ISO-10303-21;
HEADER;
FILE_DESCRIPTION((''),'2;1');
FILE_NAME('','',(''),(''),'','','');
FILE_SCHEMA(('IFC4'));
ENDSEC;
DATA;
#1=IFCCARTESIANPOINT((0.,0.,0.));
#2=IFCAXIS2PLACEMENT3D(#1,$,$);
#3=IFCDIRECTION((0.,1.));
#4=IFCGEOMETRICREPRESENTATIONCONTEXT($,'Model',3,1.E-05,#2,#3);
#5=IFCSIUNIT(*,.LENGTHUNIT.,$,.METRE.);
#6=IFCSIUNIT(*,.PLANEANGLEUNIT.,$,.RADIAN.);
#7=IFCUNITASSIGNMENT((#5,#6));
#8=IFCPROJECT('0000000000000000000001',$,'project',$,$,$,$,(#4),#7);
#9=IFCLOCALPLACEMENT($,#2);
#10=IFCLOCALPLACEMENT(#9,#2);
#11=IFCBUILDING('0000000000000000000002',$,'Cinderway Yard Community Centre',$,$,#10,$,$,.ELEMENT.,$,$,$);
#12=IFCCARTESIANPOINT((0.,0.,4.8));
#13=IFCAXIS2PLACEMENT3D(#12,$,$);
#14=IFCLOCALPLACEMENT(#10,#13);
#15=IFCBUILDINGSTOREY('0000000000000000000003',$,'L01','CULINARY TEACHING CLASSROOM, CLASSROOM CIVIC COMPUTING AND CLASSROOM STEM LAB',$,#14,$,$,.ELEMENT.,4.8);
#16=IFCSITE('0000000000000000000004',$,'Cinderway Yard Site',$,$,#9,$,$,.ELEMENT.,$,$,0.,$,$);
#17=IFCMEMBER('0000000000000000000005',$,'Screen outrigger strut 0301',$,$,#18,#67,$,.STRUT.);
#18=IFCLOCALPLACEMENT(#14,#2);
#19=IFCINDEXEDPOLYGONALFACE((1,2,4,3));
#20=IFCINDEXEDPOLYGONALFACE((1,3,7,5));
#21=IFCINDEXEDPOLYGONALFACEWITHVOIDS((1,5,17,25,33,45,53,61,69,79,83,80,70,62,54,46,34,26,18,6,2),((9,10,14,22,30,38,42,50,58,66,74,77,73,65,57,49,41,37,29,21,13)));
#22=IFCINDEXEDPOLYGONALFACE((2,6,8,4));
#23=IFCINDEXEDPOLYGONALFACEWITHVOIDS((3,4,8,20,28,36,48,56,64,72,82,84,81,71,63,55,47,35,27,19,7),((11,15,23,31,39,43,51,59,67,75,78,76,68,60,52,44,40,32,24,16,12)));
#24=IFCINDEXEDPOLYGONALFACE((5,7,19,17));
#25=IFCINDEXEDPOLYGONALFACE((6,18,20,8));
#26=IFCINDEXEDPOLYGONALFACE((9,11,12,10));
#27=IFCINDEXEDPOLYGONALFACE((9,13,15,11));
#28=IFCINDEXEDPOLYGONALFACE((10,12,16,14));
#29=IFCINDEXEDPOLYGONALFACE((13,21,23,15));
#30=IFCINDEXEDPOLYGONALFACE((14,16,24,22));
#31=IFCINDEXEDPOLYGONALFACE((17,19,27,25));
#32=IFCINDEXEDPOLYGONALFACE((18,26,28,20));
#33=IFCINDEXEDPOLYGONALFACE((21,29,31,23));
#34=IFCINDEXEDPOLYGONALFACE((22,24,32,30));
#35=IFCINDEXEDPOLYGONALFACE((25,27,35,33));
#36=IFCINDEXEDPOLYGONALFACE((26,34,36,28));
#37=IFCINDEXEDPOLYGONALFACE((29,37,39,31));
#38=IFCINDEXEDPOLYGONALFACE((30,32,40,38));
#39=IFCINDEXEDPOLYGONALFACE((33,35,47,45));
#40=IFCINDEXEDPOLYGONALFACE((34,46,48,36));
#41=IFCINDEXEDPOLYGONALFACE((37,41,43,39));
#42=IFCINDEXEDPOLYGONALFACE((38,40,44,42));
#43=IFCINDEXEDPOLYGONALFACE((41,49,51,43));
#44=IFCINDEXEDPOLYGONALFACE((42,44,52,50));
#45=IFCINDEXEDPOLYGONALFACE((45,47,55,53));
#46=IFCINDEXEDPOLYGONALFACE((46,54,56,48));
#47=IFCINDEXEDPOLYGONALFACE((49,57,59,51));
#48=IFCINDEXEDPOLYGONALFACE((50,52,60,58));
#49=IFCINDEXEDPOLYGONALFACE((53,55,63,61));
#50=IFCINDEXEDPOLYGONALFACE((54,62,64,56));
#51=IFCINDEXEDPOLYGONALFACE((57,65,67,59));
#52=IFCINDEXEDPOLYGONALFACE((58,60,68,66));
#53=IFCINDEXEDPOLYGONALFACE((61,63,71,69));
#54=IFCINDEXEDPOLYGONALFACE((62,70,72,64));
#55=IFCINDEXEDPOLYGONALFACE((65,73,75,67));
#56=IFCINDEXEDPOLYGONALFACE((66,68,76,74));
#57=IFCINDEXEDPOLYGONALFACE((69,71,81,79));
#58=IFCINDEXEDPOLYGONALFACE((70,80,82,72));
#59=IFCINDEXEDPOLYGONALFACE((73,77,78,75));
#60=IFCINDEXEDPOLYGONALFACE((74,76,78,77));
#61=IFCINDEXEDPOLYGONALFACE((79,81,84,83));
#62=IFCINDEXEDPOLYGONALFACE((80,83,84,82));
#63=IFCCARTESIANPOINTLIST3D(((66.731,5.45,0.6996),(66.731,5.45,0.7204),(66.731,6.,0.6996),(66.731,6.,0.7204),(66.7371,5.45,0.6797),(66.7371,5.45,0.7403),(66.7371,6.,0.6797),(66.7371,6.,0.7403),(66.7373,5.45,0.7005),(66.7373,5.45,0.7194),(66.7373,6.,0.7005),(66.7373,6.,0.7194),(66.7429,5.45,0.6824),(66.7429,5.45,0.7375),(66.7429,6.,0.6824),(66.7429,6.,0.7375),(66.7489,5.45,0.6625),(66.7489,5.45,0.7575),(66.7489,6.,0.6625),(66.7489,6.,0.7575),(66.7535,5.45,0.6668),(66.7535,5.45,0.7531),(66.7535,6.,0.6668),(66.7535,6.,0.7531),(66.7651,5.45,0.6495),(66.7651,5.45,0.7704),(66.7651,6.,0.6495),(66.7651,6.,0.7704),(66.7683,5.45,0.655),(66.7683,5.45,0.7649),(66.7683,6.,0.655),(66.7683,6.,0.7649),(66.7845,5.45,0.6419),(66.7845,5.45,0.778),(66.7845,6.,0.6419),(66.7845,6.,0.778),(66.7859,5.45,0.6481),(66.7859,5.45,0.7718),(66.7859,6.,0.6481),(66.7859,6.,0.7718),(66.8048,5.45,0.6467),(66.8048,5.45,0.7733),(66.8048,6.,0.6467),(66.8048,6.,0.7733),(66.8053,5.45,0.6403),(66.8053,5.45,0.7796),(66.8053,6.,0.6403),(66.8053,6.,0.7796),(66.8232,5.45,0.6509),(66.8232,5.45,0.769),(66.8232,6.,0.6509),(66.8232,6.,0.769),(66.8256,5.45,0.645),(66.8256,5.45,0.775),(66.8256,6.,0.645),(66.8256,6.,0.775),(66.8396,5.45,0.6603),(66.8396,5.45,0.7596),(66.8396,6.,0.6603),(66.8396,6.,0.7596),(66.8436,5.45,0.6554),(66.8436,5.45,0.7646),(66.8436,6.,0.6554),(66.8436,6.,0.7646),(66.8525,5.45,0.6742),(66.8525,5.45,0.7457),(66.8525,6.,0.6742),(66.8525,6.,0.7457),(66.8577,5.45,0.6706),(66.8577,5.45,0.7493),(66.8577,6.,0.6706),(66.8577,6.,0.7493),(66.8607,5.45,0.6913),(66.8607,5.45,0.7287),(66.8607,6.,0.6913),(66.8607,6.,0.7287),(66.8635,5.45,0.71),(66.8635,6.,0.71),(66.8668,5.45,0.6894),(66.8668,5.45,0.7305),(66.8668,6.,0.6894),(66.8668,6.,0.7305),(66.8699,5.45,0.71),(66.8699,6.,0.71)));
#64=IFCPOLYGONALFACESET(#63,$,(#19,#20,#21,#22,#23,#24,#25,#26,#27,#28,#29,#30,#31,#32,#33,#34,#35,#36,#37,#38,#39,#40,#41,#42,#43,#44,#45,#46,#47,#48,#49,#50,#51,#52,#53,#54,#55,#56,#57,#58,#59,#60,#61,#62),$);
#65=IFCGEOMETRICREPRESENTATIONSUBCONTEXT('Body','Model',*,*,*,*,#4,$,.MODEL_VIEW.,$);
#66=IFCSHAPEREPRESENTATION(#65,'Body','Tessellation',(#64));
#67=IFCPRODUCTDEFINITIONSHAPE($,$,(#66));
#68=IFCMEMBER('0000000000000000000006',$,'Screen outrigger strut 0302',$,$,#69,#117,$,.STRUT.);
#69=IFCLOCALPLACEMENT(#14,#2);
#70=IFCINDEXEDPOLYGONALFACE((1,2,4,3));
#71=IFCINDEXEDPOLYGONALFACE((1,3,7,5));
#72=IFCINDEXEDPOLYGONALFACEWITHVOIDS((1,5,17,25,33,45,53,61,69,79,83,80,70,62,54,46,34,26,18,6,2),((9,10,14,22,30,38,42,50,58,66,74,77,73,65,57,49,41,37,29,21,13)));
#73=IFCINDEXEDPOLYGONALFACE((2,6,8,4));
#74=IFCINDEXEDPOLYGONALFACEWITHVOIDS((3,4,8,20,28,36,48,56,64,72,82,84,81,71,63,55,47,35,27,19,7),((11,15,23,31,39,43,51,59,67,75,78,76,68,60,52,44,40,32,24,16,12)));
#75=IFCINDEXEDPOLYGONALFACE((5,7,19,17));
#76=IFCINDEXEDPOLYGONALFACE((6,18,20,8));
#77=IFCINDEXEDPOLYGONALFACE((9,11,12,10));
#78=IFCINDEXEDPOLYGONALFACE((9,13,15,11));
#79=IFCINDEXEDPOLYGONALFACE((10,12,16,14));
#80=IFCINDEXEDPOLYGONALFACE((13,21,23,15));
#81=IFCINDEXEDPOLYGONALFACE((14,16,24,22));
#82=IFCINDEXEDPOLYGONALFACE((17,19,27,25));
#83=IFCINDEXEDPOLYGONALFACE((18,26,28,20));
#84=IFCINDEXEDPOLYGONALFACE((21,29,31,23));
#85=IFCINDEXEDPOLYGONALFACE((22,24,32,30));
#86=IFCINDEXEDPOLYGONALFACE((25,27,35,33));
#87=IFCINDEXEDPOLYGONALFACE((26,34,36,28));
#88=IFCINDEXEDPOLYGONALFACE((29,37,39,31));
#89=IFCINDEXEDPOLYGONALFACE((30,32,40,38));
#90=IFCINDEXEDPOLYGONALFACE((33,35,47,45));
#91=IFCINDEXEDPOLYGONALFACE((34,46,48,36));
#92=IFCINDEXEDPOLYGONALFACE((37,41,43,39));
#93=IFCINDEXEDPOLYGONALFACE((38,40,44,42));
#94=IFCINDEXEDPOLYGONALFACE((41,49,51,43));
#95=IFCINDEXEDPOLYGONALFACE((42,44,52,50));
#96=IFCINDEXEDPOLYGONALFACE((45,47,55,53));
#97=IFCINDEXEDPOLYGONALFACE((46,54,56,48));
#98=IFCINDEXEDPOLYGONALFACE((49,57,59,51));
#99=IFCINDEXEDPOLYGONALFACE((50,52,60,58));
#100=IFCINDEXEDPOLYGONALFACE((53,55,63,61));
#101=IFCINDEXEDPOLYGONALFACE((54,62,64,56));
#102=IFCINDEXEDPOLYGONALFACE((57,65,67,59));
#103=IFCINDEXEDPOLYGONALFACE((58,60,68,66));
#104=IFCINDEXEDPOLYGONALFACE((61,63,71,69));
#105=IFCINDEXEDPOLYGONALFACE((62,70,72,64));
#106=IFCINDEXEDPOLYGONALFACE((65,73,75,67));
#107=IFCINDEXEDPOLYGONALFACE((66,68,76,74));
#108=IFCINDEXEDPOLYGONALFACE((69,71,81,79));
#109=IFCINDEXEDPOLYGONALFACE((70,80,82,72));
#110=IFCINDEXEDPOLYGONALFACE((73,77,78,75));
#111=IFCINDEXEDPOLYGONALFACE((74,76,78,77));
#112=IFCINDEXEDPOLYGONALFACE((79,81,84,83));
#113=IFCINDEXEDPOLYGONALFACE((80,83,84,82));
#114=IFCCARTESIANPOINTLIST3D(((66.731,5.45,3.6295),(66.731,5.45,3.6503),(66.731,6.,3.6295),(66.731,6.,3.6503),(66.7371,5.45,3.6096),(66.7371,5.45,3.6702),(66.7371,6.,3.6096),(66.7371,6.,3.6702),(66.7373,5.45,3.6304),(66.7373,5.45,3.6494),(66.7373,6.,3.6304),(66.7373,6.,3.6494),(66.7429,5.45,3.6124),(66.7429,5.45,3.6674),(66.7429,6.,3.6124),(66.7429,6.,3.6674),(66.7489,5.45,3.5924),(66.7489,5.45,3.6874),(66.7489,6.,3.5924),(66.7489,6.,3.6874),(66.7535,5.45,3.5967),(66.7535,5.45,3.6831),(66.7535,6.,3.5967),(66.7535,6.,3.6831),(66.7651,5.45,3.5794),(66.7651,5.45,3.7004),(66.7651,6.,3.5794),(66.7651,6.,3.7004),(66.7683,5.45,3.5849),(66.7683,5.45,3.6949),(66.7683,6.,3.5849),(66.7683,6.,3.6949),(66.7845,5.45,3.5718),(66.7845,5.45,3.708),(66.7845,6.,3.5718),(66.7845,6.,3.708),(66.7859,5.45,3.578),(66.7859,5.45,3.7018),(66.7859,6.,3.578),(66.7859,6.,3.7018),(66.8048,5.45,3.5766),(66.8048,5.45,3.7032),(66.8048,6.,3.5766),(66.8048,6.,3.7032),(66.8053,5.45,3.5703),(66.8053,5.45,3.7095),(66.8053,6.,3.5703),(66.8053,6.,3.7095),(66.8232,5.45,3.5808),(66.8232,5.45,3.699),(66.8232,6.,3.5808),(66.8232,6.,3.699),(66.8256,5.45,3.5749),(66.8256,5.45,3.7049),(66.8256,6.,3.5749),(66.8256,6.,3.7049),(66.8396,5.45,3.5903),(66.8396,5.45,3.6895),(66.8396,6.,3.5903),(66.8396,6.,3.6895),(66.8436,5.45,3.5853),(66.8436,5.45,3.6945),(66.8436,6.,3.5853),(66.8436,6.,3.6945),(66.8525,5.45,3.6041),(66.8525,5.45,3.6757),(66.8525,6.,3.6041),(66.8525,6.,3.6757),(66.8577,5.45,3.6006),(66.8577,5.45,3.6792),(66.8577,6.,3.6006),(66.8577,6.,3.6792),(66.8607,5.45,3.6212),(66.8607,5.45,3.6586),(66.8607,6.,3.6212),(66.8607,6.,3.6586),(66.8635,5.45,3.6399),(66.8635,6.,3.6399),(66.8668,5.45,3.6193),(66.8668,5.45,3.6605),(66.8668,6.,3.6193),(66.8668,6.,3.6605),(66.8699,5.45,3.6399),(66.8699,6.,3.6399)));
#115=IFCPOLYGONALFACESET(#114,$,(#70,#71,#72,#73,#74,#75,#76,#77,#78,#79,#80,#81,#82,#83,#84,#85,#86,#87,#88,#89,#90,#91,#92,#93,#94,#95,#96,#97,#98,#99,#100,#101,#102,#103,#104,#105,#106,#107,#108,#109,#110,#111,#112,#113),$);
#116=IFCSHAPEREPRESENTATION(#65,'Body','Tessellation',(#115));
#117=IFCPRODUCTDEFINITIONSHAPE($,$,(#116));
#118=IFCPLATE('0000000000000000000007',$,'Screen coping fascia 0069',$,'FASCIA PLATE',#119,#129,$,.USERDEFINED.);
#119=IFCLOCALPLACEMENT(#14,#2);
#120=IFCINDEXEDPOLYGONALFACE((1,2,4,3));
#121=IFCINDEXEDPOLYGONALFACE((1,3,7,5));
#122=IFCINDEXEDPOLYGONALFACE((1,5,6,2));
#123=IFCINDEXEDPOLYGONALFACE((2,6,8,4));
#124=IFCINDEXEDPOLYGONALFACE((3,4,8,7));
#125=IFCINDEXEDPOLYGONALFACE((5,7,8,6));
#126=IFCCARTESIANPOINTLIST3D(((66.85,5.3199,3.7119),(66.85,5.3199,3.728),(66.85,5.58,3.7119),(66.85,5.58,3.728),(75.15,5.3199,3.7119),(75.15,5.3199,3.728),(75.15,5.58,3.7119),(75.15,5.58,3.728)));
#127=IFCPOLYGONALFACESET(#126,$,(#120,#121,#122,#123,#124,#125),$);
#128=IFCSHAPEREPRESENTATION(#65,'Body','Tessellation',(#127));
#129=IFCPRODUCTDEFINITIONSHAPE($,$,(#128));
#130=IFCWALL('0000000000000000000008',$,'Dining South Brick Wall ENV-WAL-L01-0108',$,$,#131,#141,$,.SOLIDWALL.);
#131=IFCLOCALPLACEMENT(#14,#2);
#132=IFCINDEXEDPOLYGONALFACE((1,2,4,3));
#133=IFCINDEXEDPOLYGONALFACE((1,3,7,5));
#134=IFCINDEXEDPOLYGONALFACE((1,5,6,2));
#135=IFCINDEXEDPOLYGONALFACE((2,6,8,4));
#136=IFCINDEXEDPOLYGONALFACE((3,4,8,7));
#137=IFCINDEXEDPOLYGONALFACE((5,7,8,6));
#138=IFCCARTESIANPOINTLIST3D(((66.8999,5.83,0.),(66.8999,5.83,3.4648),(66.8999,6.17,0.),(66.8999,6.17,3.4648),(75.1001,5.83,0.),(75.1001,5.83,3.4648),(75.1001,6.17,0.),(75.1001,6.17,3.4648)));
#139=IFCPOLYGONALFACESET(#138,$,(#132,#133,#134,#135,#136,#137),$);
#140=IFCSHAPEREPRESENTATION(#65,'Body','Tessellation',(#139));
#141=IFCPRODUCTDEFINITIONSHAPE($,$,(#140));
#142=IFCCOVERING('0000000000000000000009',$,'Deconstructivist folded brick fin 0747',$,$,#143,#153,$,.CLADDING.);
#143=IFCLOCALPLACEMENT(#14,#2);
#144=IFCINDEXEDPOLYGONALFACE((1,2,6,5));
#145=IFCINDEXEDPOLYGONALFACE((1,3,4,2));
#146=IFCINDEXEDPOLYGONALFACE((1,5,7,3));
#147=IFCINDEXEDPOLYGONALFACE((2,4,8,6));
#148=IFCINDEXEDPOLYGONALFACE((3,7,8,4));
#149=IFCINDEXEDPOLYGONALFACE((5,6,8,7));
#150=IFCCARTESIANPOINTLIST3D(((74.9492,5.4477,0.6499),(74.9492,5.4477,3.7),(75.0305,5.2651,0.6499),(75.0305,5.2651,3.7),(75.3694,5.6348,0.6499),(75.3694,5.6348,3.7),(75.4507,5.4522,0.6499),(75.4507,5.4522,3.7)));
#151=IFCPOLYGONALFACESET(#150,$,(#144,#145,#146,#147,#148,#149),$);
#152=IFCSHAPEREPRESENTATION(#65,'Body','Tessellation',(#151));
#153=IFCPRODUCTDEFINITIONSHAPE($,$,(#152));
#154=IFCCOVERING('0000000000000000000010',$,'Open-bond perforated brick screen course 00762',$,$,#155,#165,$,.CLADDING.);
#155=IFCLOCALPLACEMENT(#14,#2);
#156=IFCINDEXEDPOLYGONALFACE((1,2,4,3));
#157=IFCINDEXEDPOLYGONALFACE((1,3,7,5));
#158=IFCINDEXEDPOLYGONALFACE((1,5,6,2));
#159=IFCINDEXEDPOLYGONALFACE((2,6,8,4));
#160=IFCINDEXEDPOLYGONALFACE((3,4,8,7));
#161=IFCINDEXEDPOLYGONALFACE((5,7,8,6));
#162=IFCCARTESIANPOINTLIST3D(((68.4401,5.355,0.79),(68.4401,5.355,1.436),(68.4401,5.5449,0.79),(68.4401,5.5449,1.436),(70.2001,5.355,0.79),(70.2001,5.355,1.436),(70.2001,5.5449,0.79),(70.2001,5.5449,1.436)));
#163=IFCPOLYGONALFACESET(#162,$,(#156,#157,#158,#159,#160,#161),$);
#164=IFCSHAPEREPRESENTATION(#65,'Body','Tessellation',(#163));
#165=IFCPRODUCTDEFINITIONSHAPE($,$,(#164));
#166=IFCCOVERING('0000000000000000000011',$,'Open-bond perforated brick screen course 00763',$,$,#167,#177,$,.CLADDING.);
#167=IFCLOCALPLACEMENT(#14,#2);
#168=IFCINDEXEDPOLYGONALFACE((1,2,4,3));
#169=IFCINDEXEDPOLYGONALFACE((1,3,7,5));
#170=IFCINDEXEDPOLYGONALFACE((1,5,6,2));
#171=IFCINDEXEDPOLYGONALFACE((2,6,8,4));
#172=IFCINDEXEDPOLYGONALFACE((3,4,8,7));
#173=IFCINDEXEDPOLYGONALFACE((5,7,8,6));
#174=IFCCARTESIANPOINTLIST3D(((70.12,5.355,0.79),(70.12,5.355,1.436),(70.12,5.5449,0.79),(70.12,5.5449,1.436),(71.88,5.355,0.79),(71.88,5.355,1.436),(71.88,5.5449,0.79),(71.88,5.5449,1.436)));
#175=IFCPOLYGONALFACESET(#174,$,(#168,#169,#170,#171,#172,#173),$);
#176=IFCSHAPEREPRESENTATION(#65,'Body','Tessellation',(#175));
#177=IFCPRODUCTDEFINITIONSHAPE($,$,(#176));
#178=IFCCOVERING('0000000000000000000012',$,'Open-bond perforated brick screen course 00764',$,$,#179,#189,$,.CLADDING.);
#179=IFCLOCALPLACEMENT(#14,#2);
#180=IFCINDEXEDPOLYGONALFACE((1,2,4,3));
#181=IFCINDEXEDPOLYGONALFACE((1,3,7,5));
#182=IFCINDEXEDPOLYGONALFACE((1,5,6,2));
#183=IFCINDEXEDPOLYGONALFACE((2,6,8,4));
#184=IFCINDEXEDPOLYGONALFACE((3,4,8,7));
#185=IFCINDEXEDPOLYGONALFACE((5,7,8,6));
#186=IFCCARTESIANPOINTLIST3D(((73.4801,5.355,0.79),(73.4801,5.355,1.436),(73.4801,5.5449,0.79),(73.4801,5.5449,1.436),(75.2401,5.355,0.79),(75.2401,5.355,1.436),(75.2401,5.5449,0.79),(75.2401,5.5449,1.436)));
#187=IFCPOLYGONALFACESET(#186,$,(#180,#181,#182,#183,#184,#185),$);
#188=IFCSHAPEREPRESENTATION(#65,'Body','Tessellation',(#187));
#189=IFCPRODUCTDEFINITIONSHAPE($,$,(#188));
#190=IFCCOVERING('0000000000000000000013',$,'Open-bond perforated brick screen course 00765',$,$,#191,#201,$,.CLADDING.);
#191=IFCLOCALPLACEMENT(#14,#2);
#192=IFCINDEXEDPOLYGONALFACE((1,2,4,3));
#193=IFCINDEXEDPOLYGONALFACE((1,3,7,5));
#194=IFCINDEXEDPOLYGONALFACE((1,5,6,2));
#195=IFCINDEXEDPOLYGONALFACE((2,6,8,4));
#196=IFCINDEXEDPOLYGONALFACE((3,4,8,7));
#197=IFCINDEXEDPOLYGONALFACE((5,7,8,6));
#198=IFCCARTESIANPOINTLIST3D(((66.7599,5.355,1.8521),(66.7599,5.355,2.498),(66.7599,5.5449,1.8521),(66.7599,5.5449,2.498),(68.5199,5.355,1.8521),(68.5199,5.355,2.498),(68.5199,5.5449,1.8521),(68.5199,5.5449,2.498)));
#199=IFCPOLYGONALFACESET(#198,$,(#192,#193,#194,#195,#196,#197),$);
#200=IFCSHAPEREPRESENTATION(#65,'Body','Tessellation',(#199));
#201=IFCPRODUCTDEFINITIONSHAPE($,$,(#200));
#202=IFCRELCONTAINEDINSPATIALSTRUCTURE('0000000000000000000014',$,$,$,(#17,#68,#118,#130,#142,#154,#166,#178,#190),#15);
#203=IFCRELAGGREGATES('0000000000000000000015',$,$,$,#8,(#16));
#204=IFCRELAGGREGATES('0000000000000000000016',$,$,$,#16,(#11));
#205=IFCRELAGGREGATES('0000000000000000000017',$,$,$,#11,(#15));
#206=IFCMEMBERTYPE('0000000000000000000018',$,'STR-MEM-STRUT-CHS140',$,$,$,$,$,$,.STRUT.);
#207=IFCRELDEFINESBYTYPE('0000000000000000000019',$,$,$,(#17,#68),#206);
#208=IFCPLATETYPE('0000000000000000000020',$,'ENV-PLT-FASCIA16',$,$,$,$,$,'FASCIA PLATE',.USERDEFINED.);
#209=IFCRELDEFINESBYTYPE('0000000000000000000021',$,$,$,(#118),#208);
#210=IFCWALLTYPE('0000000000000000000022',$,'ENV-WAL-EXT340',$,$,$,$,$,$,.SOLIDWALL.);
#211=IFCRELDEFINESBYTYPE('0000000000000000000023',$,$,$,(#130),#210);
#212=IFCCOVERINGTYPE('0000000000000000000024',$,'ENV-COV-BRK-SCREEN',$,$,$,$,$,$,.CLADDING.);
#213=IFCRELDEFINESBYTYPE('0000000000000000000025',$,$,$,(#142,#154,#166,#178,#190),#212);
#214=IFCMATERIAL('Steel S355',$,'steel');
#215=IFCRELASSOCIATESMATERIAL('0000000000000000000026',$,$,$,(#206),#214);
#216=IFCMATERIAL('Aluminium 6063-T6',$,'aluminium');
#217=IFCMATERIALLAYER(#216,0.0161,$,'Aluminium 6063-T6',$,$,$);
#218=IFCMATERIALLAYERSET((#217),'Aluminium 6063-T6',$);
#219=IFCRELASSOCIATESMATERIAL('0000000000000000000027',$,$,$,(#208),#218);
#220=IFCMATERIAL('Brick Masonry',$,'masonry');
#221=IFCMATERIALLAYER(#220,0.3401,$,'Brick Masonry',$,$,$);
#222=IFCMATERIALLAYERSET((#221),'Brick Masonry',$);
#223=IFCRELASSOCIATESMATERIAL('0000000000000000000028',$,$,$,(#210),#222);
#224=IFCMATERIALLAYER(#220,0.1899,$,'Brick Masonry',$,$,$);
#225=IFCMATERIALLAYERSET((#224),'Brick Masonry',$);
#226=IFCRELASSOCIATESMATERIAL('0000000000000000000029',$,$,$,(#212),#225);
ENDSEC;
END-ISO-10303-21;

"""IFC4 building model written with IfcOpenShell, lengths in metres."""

from ifc_helpers import new_model, si_unit, direction, frame, frame_2d, origin, origin_2d, place, context, subcontext, project, spatial, rectangle, hollow_circle, extrude, material, layer, layer_set, material_profile, profile_set, type_object, element, save


model = new_model("IFC4")

# Units and contexts
model_context = context("Model", 3, precision=1e-05, world=origin(), true_north=direction((0.0, 1.0)))
body_context = subcontext(model_context, "Body", "Model", "MODEL_VIEW")
ifc_project = project(units=[si_unit("LENGTHUNIT", "METRE"), si_unit("PLANEANGLEUNIT", "RADIAN")], contexts=[model_context])

# Site, building, storey
site_placement = place(None, origin())
site = spatial("IfcSite", under=ifc_project, at=site_placement, Name="Cinderway Yard Site", CompositionType="ELEMENT", RefElevation=0.0)
building_placement = place(site_placement, origin())
building = spatial("IfcBuilding", under=site, at=building_placement, Name="Cinderway Yard Community Centre", CompositionType="ELEMENT")
storey_placement = place(building_placement, frame((0.0, 0.0, 4.8)))
storey = spatial("IfcBuildingStorey", under=building, at=storey_placement, Name="L01", Description="CULINARY TEACHING CLASSROOM, CLASSROOM CIVIC COMPUTING AND CLASSROOM STEM LAB", CompositionType="ELEMENT", Elevation=4.8)

# Shared definitions
ifc_material_1 = material(Name="Steel S355", Category="steel")

# Members
ifc_material_profile_1 = material_profile(ifc_material_1, hollow_circle(Radius=0.0698, WallThickness=0.0063, at=origin_2d()), Name="Steel S355")
ifc_profile_set_1 = profile_set([ifc_material_profile_1], Name="Steel S355")
member_type_1 = type_object("IfcMemberType", Name="STR-MEM-STRUT-CHS140", PredefinedType="STRUT", material=ifc_profile_set_1)
for number, where, z_axis, x_axis, name in (
    (1, (66.8, 6.0, 0.71), (0.0, -1.0, 0.0), (1.0, 0.0, 0.0), "Screen outrigger strut 0301"),
    (2, (66.8, 6.0, 3.6399), (0.0, -1.0, 0.0), (1.0, 0.0, 0.0), "Screen outrigger strut 0302"),
):
    element("IfcMember", number, at=place(storey_placement, frame(where, z_axis=z_axis, x_axis=x_axis)), inside=storey, type_object=member_type_1, Name=name, PredefinedType="STRUT", context=body_context, shape_type="SweptSolid", body=[
        extrude(hollow_circle(Radius=0.0698, WallThickness=0.0063, at=origin_2d()), origin(), (0.0, 0.0, 1.0), 0.55),
    ])

# Plate
ifc_material_2 = material(Name="Aluminium 6063-T6", Category="aluminium")
ifc_layer_1 = layer(ifc_material_2, 0.0161, Name="Aluminium 6063-T6")
ifc_layer_set_1 = layer_set([ifc_layer_1], Name="Aluminium 6063-T6")
plate_type = type_object("IfcPlateType", Name="ENV-PLT-FASCIA16", ElementType="FASCIA PLATE", PredefinedType="USERDEFINED", material=ifc_layer_set_1)
plate_placement = place(storey_placement, frame((71.0, 5.45, 3.7119), z_axis=(0.0, 0.0, 1.0), x_axis=(-1.0, 0.0, 0.0)))
element("IfcPlate", 3, at=plate_placement, inside=storey, type_object=plate_type, Name="Screen coping fascia 0069", ObjectType="FASCIA PLATE", PredefinedType="USERDEFINED", context=body_context, shape_type="SweptSolid", body=[
    extrude(rectangle(XDim=8.3, YDim=0.26, at=origin_2d()), origin(), (0.0, 0.0, 1.0), 0.0161),
])

# Wall
ifc_material_3 = material(Name="Brick Masonry", Category="masonry")
ifc_layer_2 = layer(ifc_material_3, 0.3401, Name="Brick Masonry")
ifc_layer_set_2 = layer_set([ifc_layer_2], Name="Brick Masonry")
wall_type = type_object("IfcWallType", Name="ENV-WAL-EXT340", PredefinedType="SOLIDWALL", material=ifc_layer_set_2)
wall_placement = place(storey_placement, frame((66.8999, 6.0, 0.0), z_axis=(0.0, 0.0, 1.0), x_axis=(1.0, 0.0, 0.0)))
element("IfcWall", 4, at=wall_placement, inside=storey, type_object=wall_type, Name="Dining South Brick Wall ENV-WAL-L01-0108", PredefinedType="SOLIDWALL", context=body_context, shape_type="SweptSolid", body=[
    extrude(rectangle(XDim=8.2002, YDim=0.3401, at=frame_2d((4.1001, 0.0))), origin(), (0.0, 0.0, 1.0), 3.4648),
])

# Coverings
ifc_layer_3 = layer(ifc_material_3, 0.1899, Name="Brick Masonry")
ifc_layer_set_3 = layer_set([ifc_layer_3], Name="Brick Masonry")
covering_type = type_object("IfcCoveringType", Name="ENV-COV-BRK-SCREEN", PredefinedType="CLADDING", material=ifc_layer_set_3)
covering_placement = place(storey_placement, frame((75.2, 5.45, 0.6499), z_axis=(0.0, 0.0, 1.0), x_axis=(-0.913545, -0.406737, 0.0)))
element("IfcCovering", 5, at=covering_placement, inside=storey, type_object=covering_type, Name="Deconstructivist folded brick fin 0747", PredefinedType="CLADDING", context=body_context, shape_type="SweptSolid", body=[
    extrude(rectangle(XDim=0.46, YDim=0.2, at=origin_2d()), origin(), (0.0, 0.0, 1.0), 3.05),
])
for number, where, z_axis, x_axis, name in (
    (6, (69.3201, 5.45, 0.79), (0.0, 0.0, 1.0), (-1.0, 0.0, 0.0), "Open-bond perforated brick screen course 00762"),
    (7, (71.0, 5.45, 0.79), (0.0, 0.0, 1.0), (-1.0, 0.0, 0.0), "Open-bond perforated brick screen course 00763"),
    (8, (74.3601, 5.45, 0.79), (0.0, 0.0, 1.0), (-1.0, 0.0, 0.0), "Open-bond perforated brick screen course 00764"),
    (9, (67.6399, 5.45, 1.8521), (0.0, 0.0, 1.0), (-1.0, 0.0, 0.0), "Open-bond perforated brick screen course 00765"),
):
    element("IfcCovering", number, at=place(storey_placement, frame(where, z_axis=z_axis, x_axis=x_axis)), inside=storey, type_object=covering_type, Name=name, PredefinedType="CLADDING", context=body_context, shape_type="SweptSolid", body=[
        extrude(rectangle(XDim=1.76, YDim=0.1899, at=origin_2d()), origin(), (0.0, 0.0, 1.0), 0.646),
    ])

save(model, "model.ifc")
